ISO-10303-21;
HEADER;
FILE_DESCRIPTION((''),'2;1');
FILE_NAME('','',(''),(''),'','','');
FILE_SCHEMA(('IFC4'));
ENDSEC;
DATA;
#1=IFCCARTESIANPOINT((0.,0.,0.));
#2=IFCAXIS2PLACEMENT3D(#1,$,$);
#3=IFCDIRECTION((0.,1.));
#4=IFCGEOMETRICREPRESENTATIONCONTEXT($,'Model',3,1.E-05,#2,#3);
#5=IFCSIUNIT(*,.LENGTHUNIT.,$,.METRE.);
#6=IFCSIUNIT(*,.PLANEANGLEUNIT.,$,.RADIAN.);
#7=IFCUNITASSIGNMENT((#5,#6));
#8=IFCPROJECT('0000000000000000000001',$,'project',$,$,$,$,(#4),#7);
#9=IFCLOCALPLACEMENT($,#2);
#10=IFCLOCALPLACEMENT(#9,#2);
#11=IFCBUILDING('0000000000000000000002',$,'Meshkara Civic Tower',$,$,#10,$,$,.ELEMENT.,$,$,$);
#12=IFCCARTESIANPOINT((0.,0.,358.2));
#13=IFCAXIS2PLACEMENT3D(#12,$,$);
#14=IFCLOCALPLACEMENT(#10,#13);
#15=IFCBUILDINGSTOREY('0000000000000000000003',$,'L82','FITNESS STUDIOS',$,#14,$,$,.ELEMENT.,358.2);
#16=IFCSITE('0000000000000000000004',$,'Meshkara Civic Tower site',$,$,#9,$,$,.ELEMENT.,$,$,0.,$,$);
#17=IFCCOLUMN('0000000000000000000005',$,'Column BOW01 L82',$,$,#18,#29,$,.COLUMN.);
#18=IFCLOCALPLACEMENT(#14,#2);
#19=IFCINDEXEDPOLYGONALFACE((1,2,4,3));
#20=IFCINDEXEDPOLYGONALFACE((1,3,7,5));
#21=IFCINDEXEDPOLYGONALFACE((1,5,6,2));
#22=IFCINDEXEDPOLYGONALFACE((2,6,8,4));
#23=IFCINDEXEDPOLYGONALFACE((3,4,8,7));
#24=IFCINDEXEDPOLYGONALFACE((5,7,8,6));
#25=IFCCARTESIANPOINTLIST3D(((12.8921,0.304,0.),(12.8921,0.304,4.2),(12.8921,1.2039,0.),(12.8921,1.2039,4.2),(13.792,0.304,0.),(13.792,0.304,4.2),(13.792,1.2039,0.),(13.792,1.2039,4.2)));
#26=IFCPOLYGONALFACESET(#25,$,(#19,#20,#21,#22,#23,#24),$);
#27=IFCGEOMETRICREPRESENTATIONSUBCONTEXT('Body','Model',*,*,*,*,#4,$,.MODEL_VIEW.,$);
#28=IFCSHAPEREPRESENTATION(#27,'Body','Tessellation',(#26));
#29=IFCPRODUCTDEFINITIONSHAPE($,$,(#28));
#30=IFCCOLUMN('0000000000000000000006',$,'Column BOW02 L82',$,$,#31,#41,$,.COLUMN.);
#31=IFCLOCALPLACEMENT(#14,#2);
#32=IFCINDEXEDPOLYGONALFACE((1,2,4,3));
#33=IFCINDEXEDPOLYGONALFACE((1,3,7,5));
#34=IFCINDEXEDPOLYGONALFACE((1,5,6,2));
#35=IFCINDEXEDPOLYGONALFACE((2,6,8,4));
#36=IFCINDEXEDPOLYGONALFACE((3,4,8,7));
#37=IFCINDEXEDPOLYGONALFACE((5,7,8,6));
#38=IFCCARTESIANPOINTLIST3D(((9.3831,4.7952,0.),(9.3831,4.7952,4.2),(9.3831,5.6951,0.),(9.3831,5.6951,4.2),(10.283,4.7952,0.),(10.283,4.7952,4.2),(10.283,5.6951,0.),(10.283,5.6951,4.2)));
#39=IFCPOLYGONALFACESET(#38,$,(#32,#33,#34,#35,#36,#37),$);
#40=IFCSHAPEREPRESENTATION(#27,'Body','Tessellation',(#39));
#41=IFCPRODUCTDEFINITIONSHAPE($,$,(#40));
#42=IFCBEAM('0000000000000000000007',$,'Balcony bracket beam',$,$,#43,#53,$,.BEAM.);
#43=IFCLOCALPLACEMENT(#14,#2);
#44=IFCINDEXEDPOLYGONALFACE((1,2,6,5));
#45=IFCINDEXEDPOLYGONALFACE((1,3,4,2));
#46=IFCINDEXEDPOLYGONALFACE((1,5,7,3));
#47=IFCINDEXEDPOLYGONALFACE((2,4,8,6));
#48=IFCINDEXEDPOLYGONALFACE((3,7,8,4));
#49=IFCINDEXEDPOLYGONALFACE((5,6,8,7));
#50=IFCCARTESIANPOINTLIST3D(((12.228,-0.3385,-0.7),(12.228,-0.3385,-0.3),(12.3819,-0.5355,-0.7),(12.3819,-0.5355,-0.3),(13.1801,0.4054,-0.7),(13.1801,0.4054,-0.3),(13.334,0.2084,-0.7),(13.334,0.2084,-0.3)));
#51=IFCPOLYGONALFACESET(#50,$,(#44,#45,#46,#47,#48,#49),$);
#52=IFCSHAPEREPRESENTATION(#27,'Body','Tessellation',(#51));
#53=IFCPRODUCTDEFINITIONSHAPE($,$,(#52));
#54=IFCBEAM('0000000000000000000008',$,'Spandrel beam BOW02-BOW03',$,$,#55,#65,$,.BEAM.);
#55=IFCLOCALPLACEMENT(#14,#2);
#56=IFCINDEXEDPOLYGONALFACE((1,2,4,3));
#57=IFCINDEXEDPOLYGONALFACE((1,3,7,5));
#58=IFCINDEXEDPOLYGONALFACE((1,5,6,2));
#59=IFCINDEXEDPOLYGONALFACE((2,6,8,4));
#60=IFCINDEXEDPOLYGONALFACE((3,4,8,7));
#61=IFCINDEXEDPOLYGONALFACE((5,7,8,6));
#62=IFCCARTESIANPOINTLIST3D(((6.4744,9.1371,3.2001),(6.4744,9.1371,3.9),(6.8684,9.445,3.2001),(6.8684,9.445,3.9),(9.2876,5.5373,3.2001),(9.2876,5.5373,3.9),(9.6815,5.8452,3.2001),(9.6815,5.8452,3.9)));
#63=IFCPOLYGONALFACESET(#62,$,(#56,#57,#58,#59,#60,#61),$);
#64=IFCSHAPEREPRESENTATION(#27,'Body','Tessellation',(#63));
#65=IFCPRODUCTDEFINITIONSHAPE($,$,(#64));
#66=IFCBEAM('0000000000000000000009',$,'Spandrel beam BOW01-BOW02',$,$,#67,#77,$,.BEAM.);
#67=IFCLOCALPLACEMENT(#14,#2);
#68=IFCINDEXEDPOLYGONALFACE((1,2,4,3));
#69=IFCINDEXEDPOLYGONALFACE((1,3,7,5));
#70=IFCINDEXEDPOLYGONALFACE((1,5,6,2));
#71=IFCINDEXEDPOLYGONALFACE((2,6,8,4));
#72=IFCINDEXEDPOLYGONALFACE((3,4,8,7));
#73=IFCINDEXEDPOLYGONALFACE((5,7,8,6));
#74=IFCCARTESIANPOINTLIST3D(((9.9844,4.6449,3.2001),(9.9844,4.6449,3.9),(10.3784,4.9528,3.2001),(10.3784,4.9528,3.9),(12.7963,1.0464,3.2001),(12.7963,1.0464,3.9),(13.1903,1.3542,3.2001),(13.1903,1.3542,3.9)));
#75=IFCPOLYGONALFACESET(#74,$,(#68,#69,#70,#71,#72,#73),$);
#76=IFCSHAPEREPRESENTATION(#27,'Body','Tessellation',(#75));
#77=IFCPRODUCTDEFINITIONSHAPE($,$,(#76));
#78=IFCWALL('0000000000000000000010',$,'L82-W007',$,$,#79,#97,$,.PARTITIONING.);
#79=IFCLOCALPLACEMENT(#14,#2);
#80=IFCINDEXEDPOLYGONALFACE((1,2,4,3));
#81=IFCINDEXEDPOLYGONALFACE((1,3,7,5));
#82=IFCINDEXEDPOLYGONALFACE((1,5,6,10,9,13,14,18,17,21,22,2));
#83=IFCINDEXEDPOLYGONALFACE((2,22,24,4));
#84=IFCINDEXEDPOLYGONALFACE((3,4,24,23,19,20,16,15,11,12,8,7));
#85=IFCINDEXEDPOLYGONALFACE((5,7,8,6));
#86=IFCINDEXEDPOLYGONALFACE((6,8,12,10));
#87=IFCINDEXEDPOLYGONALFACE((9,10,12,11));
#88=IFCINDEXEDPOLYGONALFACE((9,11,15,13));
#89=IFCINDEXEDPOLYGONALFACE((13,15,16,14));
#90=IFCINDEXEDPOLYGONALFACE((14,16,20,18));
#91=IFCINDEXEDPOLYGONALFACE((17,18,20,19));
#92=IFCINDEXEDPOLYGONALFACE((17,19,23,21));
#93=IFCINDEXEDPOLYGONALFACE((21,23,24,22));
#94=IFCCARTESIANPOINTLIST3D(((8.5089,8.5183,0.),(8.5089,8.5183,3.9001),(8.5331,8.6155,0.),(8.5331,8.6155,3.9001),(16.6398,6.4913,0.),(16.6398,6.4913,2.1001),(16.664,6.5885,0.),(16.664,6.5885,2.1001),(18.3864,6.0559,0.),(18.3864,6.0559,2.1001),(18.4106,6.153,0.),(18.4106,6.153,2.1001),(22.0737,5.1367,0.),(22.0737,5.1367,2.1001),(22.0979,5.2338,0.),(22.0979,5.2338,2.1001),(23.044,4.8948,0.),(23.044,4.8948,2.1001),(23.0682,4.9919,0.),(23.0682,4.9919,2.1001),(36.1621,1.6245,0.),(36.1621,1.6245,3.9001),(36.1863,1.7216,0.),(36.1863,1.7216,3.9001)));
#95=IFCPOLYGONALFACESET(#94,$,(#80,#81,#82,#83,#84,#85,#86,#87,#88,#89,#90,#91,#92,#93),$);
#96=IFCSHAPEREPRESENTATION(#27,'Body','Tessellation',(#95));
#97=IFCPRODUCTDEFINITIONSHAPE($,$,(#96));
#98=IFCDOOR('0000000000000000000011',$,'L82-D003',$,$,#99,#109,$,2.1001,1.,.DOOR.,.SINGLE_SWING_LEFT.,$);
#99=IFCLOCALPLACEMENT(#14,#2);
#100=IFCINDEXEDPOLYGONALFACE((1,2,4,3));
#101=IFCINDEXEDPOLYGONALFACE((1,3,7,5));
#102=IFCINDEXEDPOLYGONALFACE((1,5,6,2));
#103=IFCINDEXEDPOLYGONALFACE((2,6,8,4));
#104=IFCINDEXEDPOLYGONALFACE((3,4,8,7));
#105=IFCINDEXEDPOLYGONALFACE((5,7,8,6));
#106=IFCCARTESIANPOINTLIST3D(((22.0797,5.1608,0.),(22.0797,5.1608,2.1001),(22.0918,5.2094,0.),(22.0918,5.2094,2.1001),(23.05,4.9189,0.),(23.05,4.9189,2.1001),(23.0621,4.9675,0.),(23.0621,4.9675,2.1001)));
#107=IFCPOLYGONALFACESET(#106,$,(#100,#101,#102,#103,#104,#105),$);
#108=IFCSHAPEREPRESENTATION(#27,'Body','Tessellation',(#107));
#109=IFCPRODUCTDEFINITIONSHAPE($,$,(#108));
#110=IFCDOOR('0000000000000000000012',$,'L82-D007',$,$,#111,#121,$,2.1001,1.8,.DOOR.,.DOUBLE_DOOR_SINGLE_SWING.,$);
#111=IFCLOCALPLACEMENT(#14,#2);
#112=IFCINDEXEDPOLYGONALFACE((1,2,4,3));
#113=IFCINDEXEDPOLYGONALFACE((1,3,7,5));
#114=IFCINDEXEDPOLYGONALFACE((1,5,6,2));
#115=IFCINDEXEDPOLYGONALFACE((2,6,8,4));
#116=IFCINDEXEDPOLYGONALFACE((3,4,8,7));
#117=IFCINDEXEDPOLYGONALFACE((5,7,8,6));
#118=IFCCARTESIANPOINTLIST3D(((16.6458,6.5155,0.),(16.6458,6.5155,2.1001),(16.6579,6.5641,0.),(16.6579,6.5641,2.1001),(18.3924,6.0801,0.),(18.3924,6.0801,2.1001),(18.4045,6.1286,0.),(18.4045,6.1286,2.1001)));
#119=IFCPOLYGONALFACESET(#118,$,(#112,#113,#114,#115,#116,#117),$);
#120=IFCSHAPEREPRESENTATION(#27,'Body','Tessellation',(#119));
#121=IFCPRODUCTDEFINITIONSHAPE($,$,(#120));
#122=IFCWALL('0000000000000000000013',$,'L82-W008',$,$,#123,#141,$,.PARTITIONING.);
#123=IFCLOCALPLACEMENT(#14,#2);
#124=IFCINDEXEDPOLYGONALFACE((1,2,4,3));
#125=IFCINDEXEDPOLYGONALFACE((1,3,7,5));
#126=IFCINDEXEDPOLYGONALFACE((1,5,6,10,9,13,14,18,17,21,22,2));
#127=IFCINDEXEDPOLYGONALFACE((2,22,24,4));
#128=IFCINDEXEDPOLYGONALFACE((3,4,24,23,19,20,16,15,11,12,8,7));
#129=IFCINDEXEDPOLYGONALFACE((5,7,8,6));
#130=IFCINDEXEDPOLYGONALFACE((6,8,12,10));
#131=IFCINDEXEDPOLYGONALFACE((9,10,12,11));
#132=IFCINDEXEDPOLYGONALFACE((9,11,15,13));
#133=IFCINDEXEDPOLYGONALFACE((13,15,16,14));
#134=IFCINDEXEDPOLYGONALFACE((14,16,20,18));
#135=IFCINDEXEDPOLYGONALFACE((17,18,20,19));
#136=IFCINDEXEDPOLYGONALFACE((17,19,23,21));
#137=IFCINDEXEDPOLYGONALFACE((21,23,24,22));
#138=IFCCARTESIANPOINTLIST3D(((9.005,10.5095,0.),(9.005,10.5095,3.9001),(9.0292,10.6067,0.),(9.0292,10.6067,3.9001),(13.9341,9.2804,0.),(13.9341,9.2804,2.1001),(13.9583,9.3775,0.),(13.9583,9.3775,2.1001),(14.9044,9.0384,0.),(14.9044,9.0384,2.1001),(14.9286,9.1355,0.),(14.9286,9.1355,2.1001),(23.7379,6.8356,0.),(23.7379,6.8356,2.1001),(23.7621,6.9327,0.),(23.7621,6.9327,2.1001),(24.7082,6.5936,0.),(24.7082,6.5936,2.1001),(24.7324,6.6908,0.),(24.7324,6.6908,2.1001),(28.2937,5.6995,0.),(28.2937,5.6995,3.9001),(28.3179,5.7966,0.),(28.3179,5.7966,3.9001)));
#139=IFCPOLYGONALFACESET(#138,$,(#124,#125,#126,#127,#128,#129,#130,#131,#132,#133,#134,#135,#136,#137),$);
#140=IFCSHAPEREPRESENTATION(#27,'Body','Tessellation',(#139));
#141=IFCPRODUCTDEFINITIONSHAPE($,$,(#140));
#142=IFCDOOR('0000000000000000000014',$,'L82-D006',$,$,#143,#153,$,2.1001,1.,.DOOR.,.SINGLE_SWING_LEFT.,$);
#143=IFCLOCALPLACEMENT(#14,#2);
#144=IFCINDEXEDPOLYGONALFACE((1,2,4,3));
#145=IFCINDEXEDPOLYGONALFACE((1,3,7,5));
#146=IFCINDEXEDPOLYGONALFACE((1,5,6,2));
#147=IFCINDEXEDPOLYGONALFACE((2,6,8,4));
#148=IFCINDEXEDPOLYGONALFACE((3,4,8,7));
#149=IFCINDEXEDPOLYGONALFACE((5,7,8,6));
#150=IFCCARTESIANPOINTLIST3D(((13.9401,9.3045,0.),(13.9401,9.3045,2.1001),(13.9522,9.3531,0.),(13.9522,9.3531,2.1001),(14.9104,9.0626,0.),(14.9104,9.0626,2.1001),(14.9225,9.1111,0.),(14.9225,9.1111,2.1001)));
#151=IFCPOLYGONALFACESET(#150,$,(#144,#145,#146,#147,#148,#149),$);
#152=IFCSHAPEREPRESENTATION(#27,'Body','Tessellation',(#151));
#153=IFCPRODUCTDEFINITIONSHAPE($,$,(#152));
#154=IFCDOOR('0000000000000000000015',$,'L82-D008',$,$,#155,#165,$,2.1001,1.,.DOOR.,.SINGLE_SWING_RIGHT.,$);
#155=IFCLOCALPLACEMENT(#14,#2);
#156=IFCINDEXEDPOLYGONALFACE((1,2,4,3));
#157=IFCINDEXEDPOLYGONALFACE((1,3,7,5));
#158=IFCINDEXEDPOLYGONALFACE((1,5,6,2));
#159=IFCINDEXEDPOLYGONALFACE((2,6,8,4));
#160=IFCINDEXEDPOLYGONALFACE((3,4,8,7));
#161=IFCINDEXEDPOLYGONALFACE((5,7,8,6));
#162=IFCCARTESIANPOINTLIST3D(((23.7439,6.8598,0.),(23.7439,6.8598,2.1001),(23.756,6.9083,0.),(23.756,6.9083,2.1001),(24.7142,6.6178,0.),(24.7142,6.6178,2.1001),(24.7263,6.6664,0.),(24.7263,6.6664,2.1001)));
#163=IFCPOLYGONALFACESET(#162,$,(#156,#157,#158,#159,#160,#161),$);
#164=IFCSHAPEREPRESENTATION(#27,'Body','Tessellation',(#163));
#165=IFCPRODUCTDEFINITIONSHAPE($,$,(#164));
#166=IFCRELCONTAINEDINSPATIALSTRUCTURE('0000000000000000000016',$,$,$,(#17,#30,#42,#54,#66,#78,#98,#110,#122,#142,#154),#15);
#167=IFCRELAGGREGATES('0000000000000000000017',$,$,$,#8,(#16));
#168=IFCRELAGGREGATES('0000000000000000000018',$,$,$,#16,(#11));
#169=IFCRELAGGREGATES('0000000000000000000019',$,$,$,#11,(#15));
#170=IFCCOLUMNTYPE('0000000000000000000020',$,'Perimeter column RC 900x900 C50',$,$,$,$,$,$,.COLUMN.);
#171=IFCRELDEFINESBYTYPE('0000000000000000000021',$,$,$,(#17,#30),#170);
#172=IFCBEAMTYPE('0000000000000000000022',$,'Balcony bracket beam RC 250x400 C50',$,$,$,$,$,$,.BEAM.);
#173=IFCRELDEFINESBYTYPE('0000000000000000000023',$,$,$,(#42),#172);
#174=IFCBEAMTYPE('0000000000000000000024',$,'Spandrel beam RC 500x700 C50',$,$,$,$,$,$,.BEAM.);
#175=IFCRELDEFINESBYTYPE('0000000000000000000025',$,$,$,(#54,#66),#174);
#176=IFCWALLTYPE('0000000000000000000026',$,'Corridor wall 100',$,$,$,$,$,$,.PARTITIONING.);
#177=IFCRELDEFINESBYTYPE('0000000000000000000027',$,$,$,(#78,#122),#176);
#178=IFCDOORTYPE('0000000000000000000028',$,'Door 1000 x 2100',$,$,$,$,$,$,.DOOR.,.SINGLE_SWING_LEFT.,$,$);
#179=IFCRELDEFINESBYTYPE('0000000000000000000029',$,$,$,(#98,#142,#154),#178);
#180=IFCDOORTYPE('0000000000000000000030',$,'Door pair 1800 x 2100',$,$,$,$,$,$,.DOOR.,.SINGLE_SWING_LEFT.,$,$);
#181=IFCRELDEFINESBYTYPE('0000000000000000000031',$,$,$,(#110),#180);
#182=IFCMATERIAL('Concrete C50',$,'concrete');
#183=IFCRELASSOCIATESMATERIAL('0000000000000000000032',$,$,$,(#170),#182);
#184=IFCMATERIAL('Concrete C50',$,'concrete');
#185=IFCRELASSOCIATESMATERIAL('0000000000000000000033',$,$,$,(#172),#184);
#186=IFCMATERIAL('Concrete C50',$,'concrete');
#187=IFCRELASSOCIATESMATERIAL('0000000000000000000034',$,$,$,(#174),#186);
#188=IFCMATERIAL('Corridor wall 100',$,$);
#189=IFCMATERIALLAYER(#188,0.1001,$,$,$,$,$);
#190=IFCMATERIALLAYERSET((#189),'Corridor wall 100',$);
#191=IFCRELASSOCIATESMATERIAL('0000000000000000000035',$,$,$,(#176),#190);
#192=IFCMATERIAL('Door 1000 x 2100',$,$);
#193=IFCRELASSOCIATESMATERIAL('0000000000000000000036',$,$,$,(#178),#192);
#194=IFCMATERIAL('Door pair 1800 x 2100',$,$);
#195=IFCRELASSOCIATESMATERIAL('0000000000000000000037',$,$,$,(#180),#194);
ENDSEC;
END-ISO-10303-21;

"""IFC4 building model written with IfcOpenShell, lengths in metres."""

from ifc_helpers import new_model, si_unit, direction, frame, frame_2d, origin, origin_2d, place, context, subcontext, project, spatial, rectangle, extrude, material, layer, layer_set, material_profile, profile_set, type_object, element, fill, save


model = new_model("IFC4")

# Units and contexts
model_context = context("Model", 3, precision=1e-05, world=origin(), true_north=direction((0.0, 1.0)))
body_context = subcontext(model_context, "Body", "Model", "MODEL_VIEW")
ifc_project = project(units=[si_unit("LENGTHUNIT", "METRE"), si_unit("PLANEANGLEUNIT", "RADIAN")], contexts=[model_context])

# Site, building, storey
site_placement = place(None, origin())
site = spatial("IfcSite", under=ifc_project, at=site_placement, Name="Meshkara Civic Tower site", CompositionType="ELEMENT", RefElevation=0.0)
building_placement = place(site_placement, origin())
building = spatial("IfcBuilding", under=site, at=building_placement, Name="Meshkara Civic Tower", CompositionType="ELEMENT")
storey_placement = place(building_placement, frame((0.0, 0.0, 358.2)))
storey = spatial("IfcBuildingStorey", under=building, at=storey_placement, Name="L82", Description="FITNESS STUDIOS", CompositionType="ELEMENT", Elevation=358.2)

# Columns
ifc_material_1 = material(Name="Concrete C50", Category="concrete")
ifc_material_profile_1 = material_profile(ifc_material_1, rectangle(XDim=0.8999, YDim=0.8999, at=origin_2d()))
ifc_profile_set_1 = profile_set([ifc_material_profile_1], Name="Concrete C50")
column_type = type_object("IfcColumnType", Name="Perimeter column RC 900x900 C50", PredefinedType="COLUMN", material=ifc_profile_set_1)
for number, where, z_axis, x_axis, name in (
    (1, (13.342, 0.7539, 0.0), (0.0, 0.0, 1.0), (1.0, 0.0, 0.0), "Column BOW01 L82"),
    (2, (9.833, 5.2451, 0.0), (0.0, 0.0, 1.0), (1.0, 0.0, 0.0), "Column BOW02 L82"),
):
    element("IfcColumn", number, at=place(storey_placement, frame(where, z_axis=z_axis, x_axis=x_axis)), inside=storey, type_object=column_type, Name=name, PredefinedType="COLUMN", context=body_context, shape_type="SweptSolid", body=[
        extrude(rectangle(XDim=0.8999, YDim=0.8999, at=origin_2d()), origin(), (0.0, 0.0, 1.0), 4.2),
    ])

# Beams
ifc_material_2 = material(Name="Concrete C50", Category="concrete")
ifc_material_profile_2 = material_profile(ifc_material_2, rectangle(XDim=0.25, YDim=0.3999, at=origin_2d()))
ifc_profile_set_2 = profile_set([ifc_material_profile_2], Name="Concrete C50")
beam_type_1 = type_object("IfcBeamType", Name="Balcony bracket beam RC 250x400 C50", PredefinedType="BEAM", material=ifc_profile_set_2)
beam_1_placement = place(storey_placement, frame((13.2571, 0.3069, -0.5), z_axis=(-0.788012, -0.61566, 0.0), x_axis=(0.61566, -0.788012, 0.0)))
element("IfcBeam", 3, at=beam_1_placement, inside=storey, type_object=beam_type_1, Name="Balcony bracket beam", PredefinedType="BEAM", context=body_context, shape_type="SweptSolid", body=[
    extrude(rectangle(XDim=0.25, YDim=0.3999, at=origin_2d()), origin(), (0.0, 0.0, 1.0), 1.2083),
])
ifc_material_3 = material(Name="Concrete C50", Category="concrete")
ifc_material_profile_3 = material_profile(ifc_material_3, rectangle(XDim=0.5, YDim=0.7, at=origin_2d()))
ifc_profile_set_3 = profile_set([ifc_material_profile_3], Name="Concrete C50")
beam_type_2 = type_object("IfcBeamType", Name="Spandrel beam RC 500x700 C50", PredefinedType="BEAM", material=ifc_profile_set_3)
beam_2_placement = place(storey_placement, frame((6.6714, 9.291, 3.55), z_axis=(0.615759, -0.787934, 0.0), x_axis=(0.787934, 0.615759, 0.0)))
element("IfcBeam", 4, at=beam_2_placement, inside=storey, type_object=beam_type_2, Name="Spandrel beam BOW02-BOW03", PredefinedType="BEAM", context=body_context, shape_type="SweptSolid", body=[
    extrude(rectangle(XDim=0.5, YDim=0.7, at=origin_2d()), origin(), (0.0, 0.0, 1.0), 4.5686),
])
beam_3_placement = place(storey_placement, frame((10.1814, 4.7988, 3.55), z_axis=(0.615723, -0.787963, 0.0), x_axis=(0.787963, 0.615723, 0.0)))
element("IfcBeam", 5, at=beam_3_placement, inside=storey, type_object=beam_type_2, Name="Spandrel beam BOW01-BOW02", PredefinedType="BEAM", context=body_context, shape_type="SweptSolid", body=[
    extrude(rectangle(XDim=0.5, YDim=0.7, at=origin_2d()), origin(), (0.0, 0.0, 1.0), 4.5669),
])

# Walls, openings, doors
ifc_material_4 = material(Name="Corridor wall 100")
ifc_layer_1 = layer(ifc_material_4, 0.1001)
ifc_layer_set_1 = layer_set([ifc_layer_1], Name="Corridor wall 100")
wall_type_1 = type_object("IfcWallType", Name="Corridor wall 100", PredefinedType="PARTITIONING", material=ifc_layer_set_1)
wall_1_placement = place(storey_placement, frame((8.521, 8.5669, 0.0), z_axis=(0.0, 0.0, 1.0), x_axis=(0.970303, -0.241893, 0.0)))
wall_1 = element("IfcWall", 6, at=wall_1_placement, inside=storey, type_object=wall_type_1, Name="L82-W007", PredefinedType="PARTITIONING", context=body_context, shape_type="SweptSolid", body=[
    extrude(rectangle(XDim=28.4995, YDim=0.1001, at=frame_2d((14.2498, 0.0))), origin(), (0.0, 0.0, 1.0), 3.9001),
])
opening_1_placement = place(wall_1_placement, frame((13.98, 0.0, 0.0)))
opening_1 = element("IfcOpeningElement", 7, at=opening_1_placement, cuts=wall_1, PredefinedType="OPENING", context=body_context, shape_type="SweptSolid", body=[
    extrude(rectangle(XDim=1.0, YDim=2.1001, at=frame_2d((0.5, 1.05))), frame((0.0, 0.0601, 0.0), z_axis=(0.0, -1.0, 0.0), x_axis=(1.0, 0.0, 0.0)), (0.0, 0.0, 1.0), 0.1201),
])
opening_2_placement = place(wall_1_placement, frame((8.3799, 0.0, 0.0)))
opening_2 = element("IfcOpeningElement", 8, at=opening_2_placement, cuts=wall_1, PredefinedType="OPENING", context=body_context, shape_type="SweptSolid", body=[
    extrude(rectangle(XDim=1.8, YDim=2.1001, at=frame_2d((0.8999, 1.05))), frame((0.0, 0.0601, 0.0), z_axis=(0.0, -1.0, 0.0), x_axis=(1.0, 0.0, 0.0)), (0.0, 0.0, 1.0), 0.1201),
])
ifc_material_5 = material(Name="Door 1000 x 2100")
door_type_1 = type_object("IfcDoorType", Name="Door 1000 x 2100", OperationType="SINGLE_SWING_LEFT", PredefinedType="DOOR", material=ifc_material_5)
door_1_placement = place(opening_1_placement, origin())
door_1 = element("IfcDoor", 9, at=door_1_placement, inside=storey, type_object=door_type_1, Name="L82-D003", OperationType="SINGLE_SWING_LEFT", OverallHeight=2.1001, OverallWidth=1.0, PredefinedType="DOOR", context=body_context, shape_type="SweptSolid", body=[
    extrude(rectangle(XDim=1.0, YDim=2.1001, at=frame_2d((0.5, 1.05))), frame((0.0, 0.0249, 0.0), z_axis=(0.0, -1.0, 0.0), x_axis=(1.0, 0.0, 0.0)), (0.0, 0.0, 1.0), 0.05),
])
fill(opening_1, door_1)
ifc_material_6 = material(Name="Door pair 1800 x 2100")
door_type_2 = type_object("IfcDoorType", Name="Door pair 1800 x 2100", OperationType="SINGLE_SWING_LEFT", PredefinedType="DOOR", material=ifc_material_6)
door_2_placement = place(opening_2_placement, origin())
door_2 = element("IfcDoor", 10, at=door_2_placement, inside=storey, type_object=door_type_2, Name="L82-D007", OperationType="DOUBLE_DOOR_SINGLE_SWING", OverallHeight=2.1001, OverallWidth=1.8, PredefinedType="DOOR", context=body_context, shape_type="SweptSolid", body=[
    extrude(rectangle(XDim=1.8, YDim=2.1001, at=frame_2d((0.8999, 1.05))), frame((0.0, 0.0249, 0.0), z_axis=(0.0, -1.0, 0.0), x_axis=(1.0, 0.0, 0.0)), (0.0, 0.0, 1.0), 0.05),
])
fill(opening_2, door_2)
wall_2_placement = place(storey_placement, frame((9.0171, 10.5581, 0.0), z_axis=(0.0, 0.0, 1.0), x_axis=(0.970286, -0.241961, 0.0)))
wall_2 = element("IfcWall", 11, at=wall_2_placement, inside=storey, type_object=wall_type_1, Name="L82-W008", PredefinedType="PARTITIONING", context=body_context, shape_type="SweptSolid", body=[
    extrude(rectangle(XDim=19.8794, YDim=0.1001, at=frame_2d((9.9397, 0.0))), origin(), (0.0, 0.0, 1.0), 3.9001),
])
opening_3_placement = place(wall_2_placement, frame((5.0801, 0.0, 0.0)))
opening_3 = element("IfcOpeningElement", 12, at=opening_3_placement, cuts=wall_2, PredefinedType="OPENING", context=body_context, shape_type="SweptSolid", body=[
    extrude(rectangle(XDim=1.0, YDim=2.1001, at=frame_2d((0.5, 1.05))), frame((0.0, 0.0601, 0.0), z_axis=(0.0, -1.0, 0.0), x_axis=(1.0, 0.0, 0.0)), (0.0, 0.0, 1.0), 0.1201),
])
opening_4_placement = place(wall_2_placement, frame((15.1841, 0.0, 0.0)))
opening_4 = element("IfcOpeningElement", 13, at=opening_4_placement, cuts=wall_2, PredefinedType="OPENING", context=body_context, shape_type="SweptSolid", body=[
    extrude(rectangle(XDim=1.0, YDim=2.1001, at=frame_2d((0.5, 1.05))), frame((0.0, 0.0601, 0.0), z_axis=(0.0, -1.0, 0.0), x_axis=(1.0, 0.0, 0.0)), (0.0, 0.0, 1.0), 0.1201),
])
door_3_placement = place(opening_3_placement, origin())
door_3 = element("IfcDoor", 14, at=door_3_placement, inside=storey, type_object=door_type_1, Name="L82-D006", OperationType="SINGLE_SWING_LEFT", OverallHeight=2.1001, OverallWidth=1.0, PredefinedType="DOOR", context=body_context, shape_type="SweptSolid", body=[
    extrude(rectangle(XDim=1.0, YDim=2.1001, at=frame_2d((0.5, 1.05))), frame((0.0, 0.0249, 0.0), z_axis=(0.0, -1.0, 0.0), x_axis=(1.0, 0.0, 0.0)), (0.0, 0.0, 1.0), 0.05),
])
fill(opening_3, door_3)
door_4_placement = place(opening_4_placement, origin())
door_4 = element("IfcDoor", 15, at=door_4_placement, inside=storey, type_object=door_type_1, Name="L82-D008", OperationType="SINGLE_SWING_RIGHT", OverallHeight=2.1001, OverallWidth=1.0, PredefinedType="DOOR", context=body_context, shape_type="SweptSolid", body=[
    extrude(rectangle(XDim=1.0, YDim=2.1001, at=frame_2d((0.5, 1.05))), frame((0.0, 0.0249, 0.0), z_axis=(0.0, -1.0, 0.0), x_axis=(1.0, 0.0, 0.0)), (0.0, 0.0, 1.0), 0.05),
])
fill(opening_4, door_4)

save(model, "model.ifc")
